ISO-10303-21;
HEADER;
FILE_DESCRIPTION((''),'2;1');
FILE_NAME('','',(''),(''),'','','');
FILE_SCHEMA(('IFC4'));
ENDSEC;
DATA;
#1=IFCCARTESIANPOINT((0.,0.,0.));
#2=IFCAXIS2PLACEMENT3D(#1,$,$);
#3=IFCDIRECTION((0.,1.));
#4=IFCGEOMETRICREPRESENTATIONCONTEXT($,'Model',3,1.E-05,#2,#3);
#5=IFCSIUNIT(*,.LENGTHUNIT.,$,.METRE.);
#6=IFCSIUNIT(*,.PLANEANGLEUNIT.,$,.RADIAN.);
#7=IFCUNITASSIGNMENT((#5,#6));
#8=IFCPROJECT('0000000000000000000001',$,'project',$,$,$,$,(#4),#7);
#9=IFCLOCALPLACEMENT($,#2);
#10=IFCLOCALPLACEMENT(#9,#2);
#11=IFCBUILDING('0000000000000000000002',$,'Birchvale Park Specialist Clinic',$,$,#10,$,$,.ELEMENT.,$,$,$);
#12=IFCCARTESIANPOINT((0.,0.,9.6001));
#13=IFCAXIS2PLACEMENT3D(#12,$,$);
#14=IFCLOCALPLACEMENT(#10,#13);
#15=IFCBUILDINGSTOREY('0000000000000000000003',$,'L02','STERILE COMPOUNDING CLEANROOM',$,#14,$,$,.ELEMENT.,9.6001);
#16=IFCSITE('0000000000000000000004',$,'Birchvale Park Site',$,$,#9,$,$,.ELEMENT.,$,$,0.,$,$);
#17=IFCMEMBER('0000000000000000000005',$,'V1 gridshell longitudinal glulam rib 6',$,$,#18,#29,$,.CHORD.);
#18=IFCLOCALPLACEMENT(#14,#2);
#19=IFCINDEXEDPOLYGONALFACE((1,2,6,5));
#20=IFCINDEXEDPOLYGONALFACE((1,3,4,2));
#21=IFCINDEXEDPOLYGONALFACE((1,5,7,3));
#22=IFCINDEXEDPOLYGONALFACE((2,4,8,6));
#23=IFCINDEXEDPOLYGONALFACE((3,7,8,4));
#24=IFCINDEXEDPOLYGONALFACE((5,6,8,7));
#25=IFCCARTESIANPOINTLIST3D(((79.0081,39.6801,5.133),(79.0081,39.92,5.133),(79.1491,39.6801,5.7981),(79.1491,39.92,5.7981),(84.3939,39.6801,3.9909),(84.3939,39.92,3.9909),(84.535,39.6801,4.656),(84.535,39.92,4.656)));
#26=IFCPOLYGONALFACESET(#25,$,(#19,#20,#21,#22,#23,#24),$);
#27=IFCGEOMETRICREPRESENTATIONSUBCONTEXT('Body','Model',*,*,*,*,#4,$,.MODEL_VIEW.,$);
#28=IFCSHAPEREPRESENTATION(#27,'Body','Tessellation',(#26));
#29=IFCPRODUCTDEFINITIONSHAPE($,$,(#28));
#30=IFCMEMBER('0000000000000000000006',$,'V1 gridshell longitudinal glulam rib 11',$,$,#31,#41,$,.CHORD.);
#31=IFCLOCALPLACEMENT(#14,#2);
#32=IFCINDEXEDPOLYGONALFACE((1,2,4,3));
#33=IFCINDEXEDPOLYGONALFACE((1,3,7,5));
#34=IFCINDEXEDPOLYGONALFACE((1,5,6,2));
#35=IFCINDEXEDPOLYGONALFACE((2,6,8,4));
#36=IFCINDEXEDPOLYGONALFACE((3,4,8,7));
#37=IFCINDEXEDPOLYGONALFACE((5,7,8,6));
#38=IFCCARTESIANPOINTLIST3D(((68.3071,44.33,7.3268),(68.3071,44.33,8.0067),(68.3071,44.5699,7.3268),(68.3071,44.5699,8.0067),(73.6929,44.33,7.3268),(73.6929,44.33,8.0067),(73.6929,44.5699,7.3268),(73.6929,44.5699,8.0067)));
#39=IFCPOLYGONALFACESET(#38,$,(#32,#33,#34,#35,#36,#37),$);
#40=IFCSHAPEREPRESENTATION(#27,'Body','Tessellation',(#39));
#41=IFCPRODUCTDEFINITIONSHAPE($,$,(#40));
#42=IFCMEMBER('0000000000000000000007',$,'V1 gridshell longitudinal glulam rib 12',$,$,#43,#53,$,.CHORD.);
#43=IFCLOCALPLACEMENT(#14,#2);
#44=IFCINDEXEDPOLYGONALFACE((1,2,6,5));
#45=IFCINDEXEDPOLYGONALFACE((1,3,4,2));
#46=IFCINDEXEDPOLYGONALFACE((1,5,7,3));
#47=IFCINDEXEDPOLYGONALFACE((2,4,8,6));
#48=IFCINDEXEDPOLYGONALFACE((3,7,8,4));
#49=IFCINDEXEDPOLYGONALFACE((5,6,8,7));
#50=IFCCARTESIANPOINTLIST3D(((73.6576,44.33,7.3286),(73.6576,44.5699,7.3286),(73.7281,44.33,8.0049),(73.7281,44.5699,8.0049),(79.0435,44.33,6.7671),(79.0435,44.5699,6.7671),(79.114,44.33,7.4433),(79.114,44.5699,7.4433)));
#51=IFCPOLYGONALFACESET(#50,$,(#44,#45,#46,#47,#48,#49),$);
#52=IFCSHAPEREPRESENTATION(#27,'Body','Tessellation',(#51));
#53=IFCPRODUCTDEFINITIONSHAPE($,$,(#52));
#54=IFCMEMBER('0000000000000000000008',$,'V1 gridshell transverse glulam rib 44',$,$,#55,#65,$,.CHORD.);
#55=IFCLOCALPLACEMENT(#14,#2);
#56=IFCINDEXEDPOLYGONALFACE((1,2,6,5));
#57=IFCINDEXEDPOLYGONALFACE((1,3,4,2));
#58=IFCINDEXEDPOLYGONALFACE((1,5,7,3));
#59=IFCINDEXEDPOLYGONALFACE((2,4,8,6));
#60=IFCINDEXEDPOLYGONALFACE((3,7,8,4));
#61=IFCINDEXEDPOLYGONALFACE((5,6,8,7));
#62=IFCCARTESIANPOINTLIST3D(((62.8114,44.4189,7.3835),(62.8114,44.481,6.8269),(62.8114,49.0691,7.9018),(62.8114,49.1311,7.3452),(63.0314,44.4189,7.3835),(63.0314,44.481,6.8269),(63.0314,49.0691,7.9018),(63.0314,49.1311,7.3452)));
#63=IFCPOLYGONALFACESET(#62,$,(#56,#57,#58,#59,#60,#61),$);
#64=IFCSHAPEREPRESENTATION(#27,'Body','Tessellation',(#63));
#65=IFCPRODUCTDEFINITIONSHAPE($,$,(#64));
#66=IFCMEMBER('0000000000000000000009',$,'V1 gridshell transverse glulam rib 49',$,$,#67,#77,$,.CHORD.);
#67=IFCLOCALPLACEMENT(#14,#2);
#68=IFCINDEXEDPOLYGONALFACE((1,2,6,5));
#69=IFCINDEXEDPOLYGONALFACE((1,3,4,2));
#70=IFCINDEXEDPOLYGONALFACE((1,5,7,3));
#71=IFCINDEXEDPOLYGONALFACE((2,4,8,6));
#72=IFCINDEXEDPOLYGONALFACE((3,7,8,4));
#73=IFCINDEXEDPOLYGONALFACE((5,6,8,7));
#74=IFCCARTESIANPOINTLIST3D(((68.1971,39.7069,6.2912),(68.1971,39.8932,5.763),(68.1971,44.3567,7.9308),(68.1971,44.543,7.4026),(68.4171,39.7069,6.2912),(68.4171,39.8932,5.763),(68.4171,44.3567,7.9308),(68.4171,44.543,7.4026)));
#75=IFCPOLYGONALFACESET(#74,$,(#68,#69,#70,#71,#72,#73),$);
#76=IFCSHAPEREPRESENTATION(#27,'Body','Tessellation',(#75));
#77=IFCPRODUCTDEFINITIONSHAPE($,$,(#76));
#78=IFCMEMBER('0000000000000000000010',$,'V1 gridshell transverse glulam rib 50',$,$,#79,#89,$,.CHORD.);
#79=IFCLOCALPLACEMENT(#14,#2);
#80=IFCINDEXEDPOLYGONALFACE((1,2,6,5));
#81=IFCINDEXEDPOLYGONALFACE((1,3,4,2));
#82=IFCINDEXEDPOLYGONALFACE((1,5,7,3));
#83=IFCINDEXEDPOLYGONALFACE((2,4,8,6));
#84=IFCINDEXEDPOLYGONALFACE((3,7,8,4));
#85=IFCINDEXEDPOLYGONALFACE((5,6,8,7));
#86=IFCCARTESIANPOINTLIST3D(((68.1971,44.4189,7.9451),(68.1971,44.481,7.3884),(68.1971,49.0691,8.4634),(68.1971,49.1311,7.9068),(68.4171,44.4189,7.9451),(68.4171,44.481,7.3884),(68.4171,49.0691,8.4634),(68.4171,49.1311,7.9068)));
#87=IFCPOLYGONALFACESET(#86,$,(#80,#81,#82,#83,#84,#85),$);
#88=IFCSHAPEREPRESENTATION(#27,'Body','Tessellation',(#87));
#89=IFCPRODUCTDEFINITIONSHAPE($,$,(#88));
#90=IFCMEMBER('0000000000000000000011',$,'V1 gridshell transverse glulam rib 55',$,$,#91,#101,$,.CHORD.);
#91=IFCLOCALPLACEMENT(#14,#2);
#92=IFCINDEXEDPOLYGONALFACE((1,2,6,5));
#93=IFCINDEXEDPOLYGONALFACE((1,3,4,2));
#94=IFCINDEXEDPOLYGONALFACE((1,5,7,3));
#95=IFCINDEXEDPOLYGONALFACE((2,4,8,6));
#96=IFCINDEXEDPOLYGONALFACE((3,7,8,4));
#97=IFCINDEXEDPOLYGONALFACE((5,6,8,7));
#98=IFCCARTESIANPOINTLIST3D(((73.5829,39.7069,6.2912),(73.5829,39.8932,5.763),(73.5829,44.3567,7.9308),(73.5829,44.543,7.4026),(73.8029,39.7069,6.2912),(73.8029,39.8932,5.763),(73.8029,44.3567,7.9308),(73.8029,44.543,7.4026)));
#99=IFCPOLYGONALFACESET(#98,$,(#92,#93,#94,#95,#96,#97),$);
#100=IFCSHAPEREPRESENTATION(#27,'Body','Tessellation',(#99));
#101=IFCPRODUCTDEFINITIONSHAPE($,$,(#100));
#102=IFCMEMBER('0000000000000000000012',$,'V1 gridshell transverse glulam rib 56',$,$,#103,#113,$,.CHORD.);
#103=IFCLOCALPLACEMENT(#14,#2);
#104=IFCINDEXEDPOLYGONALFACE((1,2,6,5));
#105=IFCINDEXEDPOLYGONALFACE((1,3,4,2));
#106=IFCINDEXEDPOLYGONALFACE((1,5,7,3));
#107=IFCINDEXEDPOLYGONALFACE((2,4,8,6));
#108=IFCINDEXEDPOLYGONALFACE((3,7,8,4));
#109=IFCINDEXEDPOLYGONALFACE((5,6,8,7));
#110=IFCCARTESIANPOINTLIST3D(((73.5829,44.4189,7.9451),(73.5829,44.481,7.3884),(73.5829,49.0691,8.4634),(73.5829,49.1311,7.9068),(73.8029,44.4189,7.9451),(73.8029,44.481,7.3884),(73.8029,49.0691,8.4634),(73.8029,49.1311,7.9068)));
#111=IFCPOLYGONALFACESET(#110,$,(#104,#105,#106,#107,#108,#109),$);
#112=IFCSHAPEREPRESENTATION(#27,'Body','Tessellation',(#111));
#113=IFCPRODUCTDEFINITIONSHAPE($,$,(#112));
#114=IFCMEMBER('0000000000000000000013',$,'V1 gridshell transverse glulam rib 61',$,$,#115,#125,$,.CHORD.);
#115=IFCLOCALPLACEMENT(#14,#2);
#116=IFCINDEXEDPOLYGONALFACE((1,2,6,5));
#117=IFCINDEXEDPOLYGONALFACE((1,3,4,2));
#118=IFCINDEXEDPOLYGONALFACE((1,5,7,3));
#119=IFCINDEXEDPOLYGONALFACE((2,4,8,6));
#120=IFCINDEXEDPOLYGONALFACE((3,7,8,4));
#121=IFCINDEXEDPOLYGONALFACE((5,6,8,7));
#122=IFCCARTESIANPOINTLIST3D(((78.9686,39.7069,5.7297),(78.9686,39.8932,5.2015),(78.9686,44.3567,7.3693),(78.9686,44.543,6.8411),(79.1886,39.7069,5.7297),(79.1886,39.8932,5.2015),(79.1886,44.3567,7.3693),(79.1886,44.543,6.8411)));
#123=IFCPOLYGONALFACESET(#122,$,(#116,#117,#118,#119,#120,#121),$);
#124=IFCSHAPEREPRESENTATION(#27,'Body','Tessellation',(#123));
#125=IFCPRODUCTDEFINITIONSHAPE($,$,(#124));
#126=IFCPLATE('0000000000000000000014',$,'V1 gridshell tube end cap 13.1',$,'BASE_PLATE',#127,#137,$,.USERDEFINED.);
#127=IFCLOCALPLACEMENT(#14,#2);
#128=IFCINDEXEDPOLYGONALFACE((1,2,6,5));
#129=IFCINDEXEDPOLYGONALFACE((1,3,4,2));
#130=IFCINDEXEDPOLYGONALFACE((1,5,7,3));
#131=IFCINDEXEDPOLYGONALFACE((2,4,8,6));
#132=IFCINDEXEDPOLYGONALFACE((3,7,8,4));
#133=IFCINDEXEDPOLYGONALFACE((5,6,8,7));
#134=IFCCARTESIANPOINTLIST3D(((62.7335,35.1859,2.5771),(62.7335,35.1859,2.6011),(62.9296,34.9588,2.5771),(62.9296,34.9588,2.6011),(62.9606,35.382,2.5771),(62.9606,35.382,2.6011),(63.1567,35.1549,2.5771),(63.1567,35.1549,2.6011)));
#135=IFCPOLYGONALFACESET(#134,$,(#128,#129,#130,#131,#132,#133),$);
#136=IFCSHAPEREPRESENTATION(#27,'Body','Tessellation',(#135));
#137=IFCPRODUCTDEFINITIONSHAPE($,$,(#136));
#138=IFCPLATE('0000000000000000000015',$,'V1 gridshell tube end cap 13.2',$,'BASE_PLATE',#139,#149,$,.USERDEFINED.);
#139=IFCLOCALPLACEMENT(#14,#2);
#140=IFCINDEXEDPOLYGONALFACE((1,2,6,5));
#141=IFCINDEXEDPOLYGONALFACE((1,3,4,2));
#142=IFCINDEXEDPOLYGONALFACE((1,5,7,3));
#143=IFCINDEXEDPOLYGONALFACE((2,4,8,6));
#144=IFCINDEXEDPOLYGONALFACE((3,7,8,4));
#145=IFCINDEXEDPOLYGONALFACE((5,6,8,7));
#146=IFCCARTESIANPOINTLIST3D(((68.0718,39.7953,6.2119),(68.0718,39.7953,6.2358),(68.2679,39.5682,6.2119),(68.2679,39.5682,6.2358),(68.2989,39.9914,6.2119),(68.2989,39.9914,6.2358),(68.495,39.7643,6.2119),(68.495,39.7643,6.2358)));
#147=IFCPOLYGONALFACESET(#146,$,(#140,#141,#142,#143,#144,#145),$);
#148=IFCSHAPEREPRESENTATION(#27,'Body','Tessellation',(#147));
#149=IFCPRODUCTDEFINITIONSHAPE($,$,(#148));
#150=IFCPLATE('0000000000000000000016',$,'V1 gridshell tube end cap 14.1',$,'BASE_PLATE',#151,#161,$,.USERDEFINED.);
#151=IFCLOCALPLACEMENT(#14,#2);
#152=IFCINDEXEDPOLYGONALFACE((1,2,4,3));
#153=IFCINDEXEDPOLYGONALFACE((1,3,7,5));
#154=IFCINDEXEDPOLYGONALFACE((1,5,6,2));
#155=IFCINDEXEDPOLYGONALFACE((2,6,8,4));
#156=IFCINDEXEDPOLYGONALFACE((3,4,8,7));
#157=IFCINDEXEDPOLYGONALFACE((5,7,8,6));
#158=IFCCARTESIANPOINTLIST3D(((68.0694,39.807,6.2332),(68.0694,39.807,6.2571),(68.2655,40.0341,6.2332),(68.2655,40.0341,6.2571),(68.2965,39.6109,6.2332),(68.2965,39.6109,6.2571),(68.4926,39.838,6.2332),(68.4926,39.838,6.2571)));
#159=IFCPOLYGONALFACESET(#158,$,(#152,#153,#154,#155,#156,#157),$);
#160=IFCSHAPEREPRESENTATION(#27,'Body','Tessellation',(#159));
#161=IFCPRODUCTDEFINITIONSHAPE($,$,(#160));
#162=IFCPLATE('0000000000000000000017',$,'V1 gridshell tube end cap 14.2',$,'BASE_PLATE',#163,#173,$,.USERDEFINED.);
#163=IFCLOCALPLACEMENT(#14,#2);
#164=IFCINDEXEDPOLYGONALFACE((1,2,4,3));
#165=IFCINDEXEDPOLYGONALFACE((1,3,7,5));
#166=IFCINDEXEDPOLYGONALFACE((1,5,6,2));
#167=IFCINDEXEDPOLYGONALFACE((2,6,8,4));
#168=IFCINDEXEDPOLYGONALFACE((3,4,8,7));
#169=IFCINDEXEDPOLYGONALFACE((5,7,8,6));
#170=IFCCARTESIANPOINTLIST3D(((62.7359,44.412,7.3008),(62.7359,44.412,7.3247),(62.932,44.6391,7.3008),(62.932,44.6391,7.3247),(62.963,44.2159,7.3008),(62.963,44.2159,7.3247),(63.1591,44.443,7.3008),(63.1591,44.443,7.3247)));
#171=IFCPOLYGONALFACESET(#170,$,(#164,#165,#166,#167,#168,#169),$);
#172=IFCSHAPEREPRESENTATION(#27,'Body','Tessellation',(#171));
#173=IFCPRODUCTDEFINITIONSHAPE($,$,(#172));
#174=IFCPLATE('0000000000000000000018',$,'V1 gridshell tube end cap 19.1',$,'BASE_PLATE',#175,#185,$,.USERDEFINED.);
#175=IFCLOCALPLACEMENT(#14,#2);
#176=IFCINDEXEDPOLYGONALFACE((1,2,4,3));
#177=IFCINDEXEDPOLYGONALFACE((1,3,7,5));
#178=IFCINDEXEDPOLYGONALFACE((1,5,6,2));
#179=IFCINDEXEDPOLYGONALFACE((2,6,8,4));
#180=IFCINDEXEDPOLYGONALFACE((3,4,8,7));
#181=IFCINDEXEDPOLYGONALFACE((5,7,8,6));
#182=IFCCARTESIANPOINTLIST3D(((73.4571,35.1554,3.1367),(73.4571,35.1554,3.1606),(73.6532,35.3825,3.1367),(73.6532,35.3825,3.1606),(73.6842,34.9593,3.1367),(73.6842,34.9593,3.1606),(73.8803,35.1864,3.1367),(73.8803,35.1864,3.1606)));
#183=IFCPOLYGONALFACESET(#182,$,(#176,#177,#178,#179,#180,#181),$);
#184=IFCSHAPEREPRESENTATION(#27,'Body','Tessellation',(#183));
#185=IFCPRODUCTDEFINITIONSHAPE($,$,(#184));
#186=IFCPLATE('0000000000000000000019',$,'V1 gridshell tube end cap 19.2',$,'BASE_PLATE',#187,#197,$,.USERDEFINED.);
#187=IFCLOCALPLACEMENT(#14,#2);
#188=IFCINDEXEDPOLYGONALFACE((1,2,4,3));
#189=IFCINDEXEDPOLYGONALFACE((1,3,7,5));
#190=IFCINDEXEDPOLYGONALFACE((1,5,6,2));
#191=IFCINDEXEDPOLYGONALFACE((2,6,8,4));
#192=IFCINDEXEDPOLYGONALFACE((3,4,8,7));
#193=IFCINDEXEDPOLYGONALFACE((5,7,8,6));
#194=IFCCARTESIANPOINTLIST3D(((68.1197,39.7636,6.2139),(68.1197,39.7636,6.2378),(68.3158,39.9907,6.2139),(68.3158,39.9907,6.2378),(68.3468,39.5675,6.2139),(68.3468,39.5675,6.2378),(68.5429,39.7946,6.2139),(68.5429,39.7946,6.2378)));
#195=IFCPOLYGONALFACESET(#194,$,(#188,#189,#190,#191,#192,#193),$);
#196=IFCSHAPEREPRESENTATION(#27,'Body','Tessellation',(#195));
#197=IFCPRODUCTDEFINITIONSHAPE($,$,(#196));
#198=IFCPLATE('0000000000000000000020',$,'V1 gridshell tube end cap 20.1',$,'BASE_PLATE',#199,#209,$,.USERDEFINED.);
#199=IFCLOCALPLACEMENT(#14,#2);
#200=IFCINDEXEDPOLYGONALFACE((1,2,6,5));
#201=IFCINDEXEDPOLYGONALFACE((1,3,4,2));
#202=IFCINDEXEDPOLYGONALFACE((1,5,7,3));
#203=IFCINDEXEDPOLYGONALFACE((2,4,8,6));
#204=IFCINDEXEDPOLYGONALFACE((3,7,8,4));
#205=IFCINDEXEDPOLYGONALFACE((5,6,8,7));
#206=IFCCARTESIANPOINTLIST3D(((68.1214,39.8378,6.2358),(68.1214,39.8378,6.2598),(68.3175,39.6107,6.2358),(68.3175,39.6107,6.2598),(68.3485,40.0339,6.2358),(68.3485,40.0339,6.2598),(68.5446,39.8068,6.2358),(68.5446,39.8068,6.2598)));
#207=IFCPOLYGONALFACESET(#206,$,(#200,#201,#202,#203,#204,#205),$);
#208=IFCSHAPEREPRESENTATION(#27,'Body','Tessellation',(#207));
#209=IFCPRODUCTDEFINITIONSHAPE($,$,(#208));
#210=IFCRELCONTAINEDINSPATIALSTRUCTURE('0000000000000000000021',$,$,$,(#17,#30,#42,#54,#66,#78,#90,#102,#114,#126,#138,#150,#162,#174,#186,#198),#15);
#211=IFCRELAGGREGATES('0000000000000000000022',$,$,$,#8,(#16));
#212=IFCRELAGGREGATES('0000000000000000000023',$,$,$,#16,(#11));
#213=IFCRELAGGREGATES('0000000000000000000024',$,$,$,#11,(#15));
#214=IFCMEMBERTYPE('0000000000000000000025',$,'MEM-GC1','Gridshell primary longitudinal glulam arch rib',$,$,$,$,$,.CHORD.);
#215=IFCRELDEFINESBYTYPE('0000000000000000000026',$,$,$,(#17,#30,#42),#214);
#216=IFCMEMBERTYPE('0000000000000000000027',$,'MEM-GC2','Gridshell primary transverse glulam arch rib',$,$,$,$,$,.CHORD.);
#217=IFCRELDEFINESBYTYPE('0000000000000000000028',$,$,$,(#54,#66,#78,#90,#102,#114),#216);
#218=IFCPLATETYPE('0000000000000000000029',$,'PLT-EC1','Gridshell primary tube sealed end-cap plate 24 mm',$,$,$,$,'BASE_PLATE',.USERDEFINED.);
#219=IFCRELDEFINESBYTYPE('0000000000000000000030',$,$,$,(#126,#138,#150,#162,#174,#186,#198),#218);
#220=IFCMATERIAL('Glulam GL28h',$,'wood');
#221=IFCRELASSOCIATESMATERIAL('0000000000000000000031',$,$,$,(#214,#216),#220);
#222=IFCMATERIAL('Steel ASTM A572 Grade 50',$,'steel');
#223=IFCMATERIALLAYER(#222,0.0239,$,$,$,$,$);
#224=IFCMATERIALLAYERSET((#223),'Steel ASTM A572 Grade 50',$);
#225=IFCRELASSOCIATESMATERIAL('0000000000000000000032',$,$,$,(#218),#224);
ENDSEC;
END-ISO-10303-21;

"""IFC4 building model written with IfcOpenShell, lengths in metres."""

from ifc_helpers import new_model, si_unit, direction, frame, origin, origin_2d, place, context, subcontext, project, spatial, rectangle, extrude, material, layer, layer_set, material_profile, profile_set, type_object, element, save


model = new_model("IFC4")

# Units and contexts
model_context = context("Model", 3, precision=1e-05, world=origin(), true_north=direction((0.0, 1.0)))
body_context = subcontext(model_context, "Body", "Model", "MODEL_VIEW")
ifc_project = project(units=[si_unit("LENGTHUNIT", "METRE"), si_unit("PLANEANGLEUNIT", "RADIAN")], contexts=[model_context])

# Site, building, storey
site_placement = place(None, origin())
site = spatial("IfcSite", under=ifc_project, at=site_placement, Name="Birchvale Park Site", CompositionType="ELEMENT", RefElevation=0.0)
building_placement = place(site_placement, origin())
building = spatial("IfcBuilding", under=site, at=building_placement, Name="Birchvale Park Specialist Clinic", CompositionType="ELEMENT")
storey_placement = place(building_placement, frame((0.0, 0.0, 9.6001)))
storey = spatial("IfcBuildingStorey", under=building, at=storey_placement, Name="L02", Description="STERILE COMPOUNDING CLEANROOM", CompositionType="ELEMENT", Elevation=9.6001)

# Members
ifc_material_1 = material(Name="Glulam GL28h", Category="wood")
ifc_material_profile_1 = material_profile(ifc_material_1, rectangle(XDim=0.24, YDim=0.6799, at=origin_2d()), Name="GL-240x680")
ifc_profile_set_1 = profile_set([ifc_material_profile_1], Name="Glulam GL28h")
member_type_1 = type_object("IfcMemberType", Name="MEM-GC1", Description="Gridshell primary longitudinal glulam arch rib", PredefinedType="CHORD", material=ifc_profile_set_1)
member_1_placement = place(storey_placement, frame((79.0786, 39.8, 5.4656), z_axis=(0.978247, 0.0, -0.207445), x_axis=(0.0, 1.0, 0.0)))
element("IfcMember", 1, at=member_1_placement, inside=storey, type_object=member_type_1, Name="V1 gridshell longitudinal glulam rib 6", PredefinedType="CHORD", context=body_context, shape_type="SweptSolid", body=[
    extrude(rectangle(XDim=0.24, YDim=0.6799, at=origin_2d()), origin(), (0.0, 0.0, 1.0), 5.5056),
])
member_2_placement = place(storey_placement, frame((68.3071, 44.45, 7.6667), z_axis=(1.0, 0.0, 0.0), x_axis=(0.0, 1.0, 0.0)))
element("IfcMember", 2, at=member_2_placement, inside=storey, type_object=member_type_1, Name="V1 gridshell longitudinal glulam rib 11", PredefinedType="CHORD", context=body_context, shape_type="SweptSolid", body=[
    extrude(rectangle(XDim=0.24, YDim=0.6799, at=origin_2d()), origin(), (0.0, 0.0, 1.0), 5.3857),
])
member_3_placement = place(storey_placement, frame((73.6929, 44.45, 7.6667), z_axis=(0.994609, 0.0, -0.103699), x_axis=(0.0, 1.0, 0.0)))
element("IfcMember", 3, at=member_3_placement, inside=storey, type_object=member_type_1, Name="V1 gridshell longitudinal glulam rib 12", PredefinedType="CHORD", context=body_context, shape_type="SweptSolid", body=[
    extrude(rectangle(XDim=0.24, YDim=0.6799, at=origin_2d()), origin(), (0.0, 0.0, 1.0), 5.415),
])
ifc_material_profile_2 = material_profile(ifc_material_1, rectangle(XDim=0.22, YDim=0.5601, at=origin_2d()), Name="GL-220x560")
ifc_profile_set_2 = profile_set([ifc_material_profile_2], Name="Glulam GL28h")
member_type_2 = type_object("IfcMemberType", Name="MEM-GC2", Description="Gridshell primary transverse glulam arch rib", PredefinedType="CHORD", material=ifc_profile_set_2)
member_4_placement = place(storey_placement, frame((62.9214, 44.45, 7.1052), z_axis=(0.0, 0.993845, 0.110775), x_axis=(-1.0, 0.0, 0.0)))
element("IfcMember", 4, at=member_4_placement, inside=storey, type_object=member_type_2, Name="V1 gridshell transverse glulam rib 44", PredefinedType="CHORD", context=body_context, shape_type="SweptSolid", body=[
    extrude(rectangle(XDim=0.22, YDim=0.5601, at=origin_2d()), origin(), (0.0, 0.0, 1.0), 4.679),
])
member_5_placement = place(storey_placement, frame((68.3071, 39.8, 6.0271), z_axis=(0.0, 0.943085, 0.332551), x_axis=(-1.0, 0.0, 0.0)))
element("IfcMember", 5, at=member_5_placement, inside=storey, type_object=member_type_2, Name="V1 gridshell transverse glulam rib 49", PredefinedType="CHORD", context=body_context, shape_type="SweptSolid", body=[
    extrude(rectangle(XDim=0.22, YDim=0.5601, at=origin_2d()), origin(), (0.0, 0.0, 1.0), 4.9304),
])
member_6_placement = place(storey_placement, frame((68.3071, 44.45, 7.6667), z_axis=(0.0, 0.993845, 0.110775), x_axis=(-1.0, 0.0, 0.0)))
element("IfcMember", 6, at=member_6_placement, inside=storey, type_object=member_type_2, Name="V1 gridshell transverse glulam rib 50", PredefinedType="CHORD", context=body_context, shape_type="SweptSolid", body=[
    extrude(rectangle(XDim=0.22, YDim=0.5601, at=origin_2d()), origin(), (0.0, 0.0, 1.0), 4.679),
])
member_7_placement = place(storey_placement, frame((73.6929, 39.8, 6.0271), z_axis=(0.0, 0.943085, 0.332551), x_axis=(-1.0, 0.0, 0.0)))
element("IfcMember", 7, at=member_7_placement, inside=storey, type_object=member_type_2, Name="V1 gridshell transverse glulam rib 55", PredefinedType="CHORD", context=body_context, shape_type="SweptSolid", body=[
    extrude(rectangle(XDim=0.22, YDim=0.5601, at=origin_2d()), origin(), (0.0, 0.0, 1.0), 4.9304),
])
member_8_placement = place(storey_placement, frame((73.6929, 44.45, 7.6667), z_axis=(0.0, 0.993845, 0.110775), x_axis=(-1.0, 0.0, 0.0)))
element("IfcMember", 8, at=member_8_placement, inside=storey, type_object=member_type_2, Name="V1 gridshell transverse glulam rib 56", PredefinedType="CHORD", context=body_context, shape_type="SweptSolid", body=[
    extrude(rectangle(XDim=0.22, YDim=0.5601, at=origin_2d()), origin(), (0.0, 0.0, 1.0), 4.679),
])
member_9_placement = place(storey_placement, frame((79.0786, 39.8, 5.4656), z_axis=(0.0, 0.943085, 0.332551), x_axis=(-1.0, 0.0, 0.0)))
element("IfcMember", 9, at=member_9_placement, inside=storey, type_object=member_type_2, Name="V1 gridshell transverse glulam rib 61", PredefinedType="CHORD", context=body_context, shape_type="SweptSolid", body=[
    extrude(rectangle(XDim=0.22, YDim=0.5601, at=origin_2d()), origin(), (0.0, 0.0, 1.0), 4.9304),
])

# Plates
ifc_material_2 = material(Name="Steel ASTM A572 Grade 50", Category="steel")
ifc_layer_1 = layer(ifc_material_2, 0.0239)
ifc_layer_set_1 = layer_set([ifc_layer_1], Name="Steel ASTM A572 Grade 50")
plate_type_1 = type_object("IfcPlateType", Name="PLT-EC1", Description="Gridshell primary tube sealed end-cap plate 24 mm", ElementType="BASE_PLATE", PredefinedType="USERDEFINED", material=ifc_layer_set_1)
for number, where, z_axis, x_axis, name in (
    (10, (62.9451, 35.1704, 2.5771), (0.0, 0.0, 1.0), (0.756881, 0.653553, 0.0), "V1 gridshell tube end cap 13.1"),
    (11, (68.2834, 39.7798, 6.2119), (0.0, 0.0, 1.0), (0.756881, 0.653553, 0.0), "V1 gridshell tube end cap 13.2"),
    (12, (68.281, 39.8225, 6.2332), (0.0, 0.0, 1.0), (-0.756881, 0.653553, 0.0), "V1 gridshell tube end cap 14.1"),
    (13, (62.9475, 44.4275, 7.3008), (0.0, 0.0, 1.0), (-0.756881, 0.653553, 0.0), "V1 gridshell tube end cap 14.2"),
    (14, (73.6687, 35.1709, 3.1367), (0.0, 0.0, 1.0), (-0.756881, 0.653553, 0.0), "V1 gridshell tube end cap 19.1"),
    (15, (68.3313, 39.7791, 6.2139), (0.0, 0.0, 1.0), (-0.756881, 0.653553, 0.0), "V1 gridshell tube end cap 19.2"),
    (16, (68.333, 39.8223, 6.2358), (0.0, 0.0, 1.0), (0.756881, 0.653553, 0.0), "V1 gridshell tube end cap 20.1"),
):
    element("IfcPlate", number, at=place(storey_placement, frame(where, z_axis=z_axis, x_axis=x_axis)), inside=storey, type_object=plate_type_1, Name=name, ObjectType="BASE_PLATE", PredefinedType="USERDEFINED", context=body_context, shape_type="SweptSolid", body=[
        extrude(rectangle(XDim=0.3, YDim=0.3, at=origin_2d()), origin(), (0.0, 0.0, 1.0), 0.0239),
    ])

save(model, "model.ifc")
